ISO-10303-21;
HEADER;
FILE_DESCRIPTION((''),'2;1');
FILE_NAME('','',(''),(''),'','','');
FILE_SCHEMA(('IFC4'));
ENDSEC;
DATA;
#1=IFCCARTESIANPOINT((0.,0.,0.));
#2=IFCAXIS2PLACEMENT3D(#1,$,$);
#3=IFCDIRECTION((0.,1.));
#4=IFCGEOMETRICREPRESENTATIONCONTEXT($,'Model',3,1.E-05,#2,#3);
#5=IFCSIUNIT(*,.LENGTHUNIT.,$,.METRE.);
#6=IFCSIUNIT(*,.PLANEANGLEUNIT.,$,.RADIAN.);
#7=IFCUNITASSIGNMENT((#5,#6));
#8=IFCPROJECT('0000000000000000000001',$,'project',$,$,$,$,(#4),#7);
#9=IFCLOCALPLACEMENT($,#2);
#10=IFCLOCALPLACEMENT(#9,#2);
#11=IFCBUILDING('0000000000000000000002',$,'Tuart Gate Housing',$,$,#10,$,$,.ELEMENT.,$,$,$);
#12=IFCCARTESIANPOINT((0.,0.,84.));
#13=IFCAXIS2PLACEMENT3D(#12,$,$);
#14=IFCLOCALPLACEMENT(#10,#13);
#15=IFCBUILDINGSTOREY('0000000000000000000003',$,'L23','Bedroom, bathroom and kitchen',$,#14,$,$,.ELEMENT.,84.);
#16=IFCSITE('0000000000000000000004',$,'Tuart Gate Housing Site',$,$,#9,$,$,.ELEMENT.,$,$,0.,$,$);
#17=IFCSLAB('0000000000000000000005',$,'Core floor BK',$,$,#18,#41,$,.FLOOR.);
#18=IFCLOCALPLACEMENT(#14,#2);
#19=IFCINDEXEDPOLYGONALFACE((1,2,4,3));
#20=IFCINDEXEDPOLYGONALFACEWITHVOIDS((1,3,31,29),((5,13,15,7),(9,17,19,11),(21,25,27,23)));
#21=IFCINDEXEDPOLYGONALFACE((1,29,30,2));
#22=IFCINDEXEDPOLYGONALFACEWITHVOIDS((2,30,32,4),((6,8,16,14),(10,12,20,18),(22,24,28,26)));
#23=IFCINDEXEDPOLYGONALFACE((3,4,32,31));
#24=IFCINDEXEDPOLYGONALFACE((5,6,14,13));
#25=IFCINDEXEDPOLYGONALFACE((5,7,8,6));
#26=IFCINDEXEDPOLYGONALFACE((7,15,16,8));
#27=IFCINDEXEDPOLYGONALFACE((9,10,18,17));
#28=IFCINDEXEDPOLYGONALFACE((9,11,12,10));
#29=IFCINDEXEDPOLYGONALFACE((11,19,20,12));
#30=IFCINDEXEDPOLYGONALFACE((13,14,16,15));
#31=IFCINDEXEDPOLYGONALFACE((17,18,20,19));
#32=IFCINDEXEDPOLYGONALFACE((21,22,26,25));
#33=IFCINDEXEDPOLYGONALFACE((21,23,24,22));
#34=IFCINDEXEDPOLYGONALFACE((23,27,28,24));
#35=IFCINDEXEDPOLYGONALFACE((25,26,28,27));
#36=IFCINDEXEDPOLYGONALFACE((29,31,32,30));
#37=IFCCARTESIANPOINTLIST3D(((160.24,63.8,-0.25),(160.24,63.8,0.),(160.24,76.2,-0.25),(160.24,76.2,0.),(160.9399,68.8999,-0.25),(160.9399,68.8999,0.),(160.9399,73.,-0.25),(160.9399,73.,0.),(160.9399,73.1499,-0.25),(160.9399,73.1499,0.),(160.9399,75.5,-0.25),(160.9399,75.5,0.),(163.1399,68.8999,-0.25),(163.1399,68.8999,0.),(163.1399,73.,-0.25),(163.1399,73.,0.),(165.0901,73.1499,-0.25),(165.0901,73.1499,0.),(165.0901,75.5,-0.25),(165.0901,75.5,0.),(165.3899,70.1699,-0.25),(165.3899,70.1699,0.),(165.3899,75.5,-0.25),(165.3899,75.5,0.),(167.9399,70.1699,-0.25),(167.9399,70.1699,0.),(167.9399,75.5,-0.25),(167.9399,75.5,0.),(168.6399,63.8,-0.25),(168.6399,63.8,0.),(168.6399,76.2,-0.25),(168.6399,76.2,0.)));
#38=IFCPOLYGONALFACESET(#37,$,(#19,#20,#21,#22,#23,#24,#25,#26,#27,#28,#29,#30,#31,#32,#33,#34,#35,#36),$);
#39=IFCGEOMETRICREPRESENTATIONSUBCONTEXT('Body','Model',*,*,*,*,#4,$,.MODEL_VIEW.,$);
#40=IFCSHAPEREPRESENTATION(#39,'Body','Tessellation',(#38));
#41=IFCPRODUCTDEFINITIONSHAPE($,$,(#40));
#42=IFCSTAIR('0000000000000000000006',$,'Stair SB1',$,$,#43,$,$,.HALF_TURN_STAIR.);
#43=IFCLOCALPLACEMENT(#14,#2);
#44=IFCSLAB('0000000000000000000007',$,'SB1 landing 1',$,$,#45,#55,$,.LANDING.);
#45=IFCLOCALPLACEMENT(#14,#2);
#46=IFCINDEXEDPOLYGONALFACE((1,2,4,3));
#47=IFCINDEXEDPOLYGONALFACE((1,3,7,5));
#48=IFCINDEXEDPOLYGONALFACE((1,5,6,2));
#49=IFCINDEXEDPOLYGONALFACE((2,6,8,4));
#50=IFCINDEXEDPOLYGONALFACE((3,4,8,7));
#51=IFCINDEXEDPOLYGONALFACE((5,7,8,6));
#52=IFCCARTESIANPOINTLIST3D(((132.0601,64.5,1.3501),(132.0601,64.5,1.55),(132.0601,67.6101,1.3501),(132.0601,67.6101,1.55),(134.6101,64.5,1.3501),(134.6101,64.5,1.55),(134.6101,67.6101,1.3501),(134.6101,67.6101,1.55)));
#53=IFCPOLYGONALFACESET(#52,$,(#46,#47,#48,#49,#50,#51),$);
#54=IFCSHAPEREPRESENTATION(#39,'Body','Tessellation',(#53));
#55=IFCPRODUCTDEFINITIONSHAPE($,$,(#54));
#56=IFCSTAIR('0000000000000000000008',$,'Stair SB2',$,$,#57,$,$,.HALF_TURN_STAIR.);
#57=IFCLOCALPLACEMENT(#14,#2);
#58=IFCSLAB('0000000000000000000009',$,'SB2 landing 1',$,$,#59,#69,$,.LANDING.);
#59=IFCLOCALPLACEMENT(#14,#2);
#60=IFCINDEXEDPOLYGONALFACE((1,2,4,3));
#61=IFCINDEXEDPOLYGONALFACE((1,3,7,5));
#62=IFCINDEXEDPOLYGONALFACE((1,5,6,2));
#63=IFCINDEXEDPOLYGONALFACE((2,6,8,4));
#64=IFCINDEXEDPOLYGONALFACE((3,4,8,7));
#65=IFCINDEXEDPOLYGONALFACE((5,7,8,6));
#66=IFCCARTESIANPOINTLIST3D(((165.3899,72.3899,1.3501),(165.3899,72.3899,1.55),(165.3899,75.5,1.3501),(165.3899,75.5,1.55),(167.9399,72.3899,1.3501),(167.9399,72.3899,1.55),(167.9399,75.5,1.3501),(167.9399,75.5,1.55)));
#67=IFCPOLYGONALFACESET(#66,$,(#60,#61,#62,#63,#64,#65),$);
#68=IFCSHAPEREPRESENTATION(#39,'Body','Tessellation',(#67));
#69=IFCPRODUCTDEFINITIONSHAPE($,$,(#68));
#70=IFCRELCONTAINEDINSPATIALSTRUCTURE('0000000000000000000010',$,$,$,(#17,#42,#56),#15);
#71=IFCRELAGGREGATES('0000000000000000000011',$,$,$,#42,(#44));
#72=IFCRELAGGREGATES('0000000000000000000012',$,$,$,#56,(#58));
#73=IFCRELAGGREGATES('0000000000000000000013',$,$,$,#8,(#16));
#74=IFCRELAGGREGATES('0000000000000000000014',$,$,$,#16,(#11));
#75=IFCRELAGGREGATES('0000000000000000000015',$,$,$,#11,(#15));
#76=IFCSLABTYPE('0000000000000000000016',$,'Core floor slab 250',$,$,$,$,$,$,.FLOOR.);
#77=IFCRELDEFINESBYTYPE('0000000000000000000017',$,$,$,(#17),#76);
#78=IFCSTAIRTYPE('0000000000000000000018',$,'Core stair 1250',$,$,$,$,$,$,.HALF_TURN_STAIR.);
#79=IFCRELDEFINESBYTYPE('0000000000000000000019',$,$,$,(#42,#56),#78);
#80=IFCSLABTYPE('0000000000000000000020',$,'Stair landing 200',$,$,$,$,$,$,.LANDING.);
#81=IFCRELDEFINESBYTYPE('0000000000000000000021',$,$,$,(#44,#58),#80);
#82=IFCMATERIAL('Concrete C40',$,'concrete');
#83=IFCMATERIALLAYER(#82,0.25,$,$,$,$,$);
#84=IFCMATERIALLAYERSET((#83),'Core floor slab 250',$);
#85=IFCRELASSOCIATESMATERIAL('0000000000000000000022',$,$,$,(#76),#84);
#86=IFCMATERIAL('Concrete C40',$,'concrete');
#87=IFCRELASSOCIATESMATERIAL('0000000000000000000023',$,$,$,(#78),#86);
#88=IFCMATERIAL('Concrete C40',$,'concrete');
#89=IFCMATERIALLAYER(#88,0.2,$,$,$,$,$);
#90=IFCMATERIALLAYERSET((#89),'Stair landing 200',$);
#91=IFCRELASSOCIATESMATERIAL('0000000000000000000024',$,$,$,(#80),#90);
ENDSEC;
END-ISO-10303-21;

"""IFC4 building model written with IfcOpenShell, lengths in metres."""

from ifc_helpers import new_model, si_unit, direction, frame, origin, place, context, subcontext, project, spatial, polyline, outline, extrude, material, layer, layer_set, type_object, element, aggregate, save


model = new_model("IFC4")

# Units and contexts
model_context = context("Model", 3, precision=1e-05, world=origin(), true_north=direction((0.0, 1.0)))
body_context = subcontext(model_context, "Body", "Model", "MODEL_VIEW")
ifc_project = project(units=[si_unit("LENGTHUNIT", "METRE"), si_unit("PLANEANGLEUNIT", "RADIAN")], contexts=[model_context])

# Site, building, storey
site_placement = place(None, origin())
site = spatial("IfcSite", under=ifc_project, at=site_placement, Name="Tuart Gate Housing Site", CompositionType="ELEMENT", RefElevation=0.0)
building_placement = place(site_placement, origin())
building = spatial("IfcBuilding", under=site, at=building_placement, Name="Tuart Gate Housing", CompositionType="ELEMENT")
storey_placement = place(building_placement, frame((0.0, 0.0, 84.0)))
storey = spatial("IfcBuildingStorey", under=building, at=storey_placement, Name="L23", Description="Bedroom, bathroom and kitchen", CompositionType="ELEMENT", Elevation=84.0)

# Slab
ifc_material_1 = material(Name="Concrete C40", Category="concrete")
ifc_layer_1 = layer(ifc_material_1, 0.25)
ifc_layer_set_1 = layer_set([ifc_layer_1], Name="Core floor slab 250")
slab_type_1 = type_object("IfcSlabType", Name="Core floor slab 250", PredefinedType="FLOOR", material=ifc_layer_set_1)
slab_1_placement = place(storey_placement, frame((0.0, 0.0, -0.25)))
element("IfcSlab", 1, at=slab_1_placement, inside=storey, type_object=slab_type_1, Name="Core floor BK", PredefinedType="FLOOR", context=body_context, shape_type="SweptSolid", body=[
    extrude(outline(polyline([(160.24, 63.8), (168.6399, 63.8), (168.6399, 76.2), (160.24, 76.2), (160.24, 63.8)]), holes=[polyline([(160.9399, 73.1499), (165.0901, 73.1499), (165.0901, 75.5), (160.9399, 75.5), (160.9399, 73.1499)]), polyline([(160.9399, 68.8999), (163.1399, 68.8999), (163.1399, 73.0), (160.9399, 73.0), (160.9399, 68.8999)]), polyline([(165.3899, 70.1699), (167.9399, 70.1699), (167.9399, 75.5), (165.3899, 75.5), (165.3899, 70.1699)])]), origin(), (0.0, 0.0, 1.0), 0.25),
])

# Stairs, slabs
ifc_material_2 = material(Name="Concrete C40", Category="concrete")
stair_type = type_object("IfcStairType", Name="Core stair 1250", PredefinedType="HALF_TURN_STAIR", material=ifc_material_2)
stair_1_placement = place(storey_placement, origin())
stair_1 = element("IfcStair", 2, at=stair_1_placement, inside=storey, type_object=stair_type, Name="Stair SB1", PredefinedType="HALF_TURN_STAIR")
ifc_material_3 = material(Name="Concrete C40", Category="concrete")
ifc_layer_2 = layer(ifc_material_3, 0.2)
ifc_layer_set_2 = layer_set([ifc_layer_2], Name="Stair landing 200")
slab_type_2 = type_object("IfcSlabType", Name="Stair landing 200", PredefinedType="LANDING", material=ifc_layer_set_2)
slab_2_placement = place(storey_placement, frame((0.0, 0.0, 1.3501)))
slab_2 = element("IfcSlab", 3, at=slab_2_placement, type_object=slab_type_2, Name="SB1 landing 1", PredefinedType="LANDING", context=body_context, shape_type="SweptSolid", body=[
    extrude(outline(polyline([(134.6101, 67.6101), (132.0601, 67.6101), (132.0601, 64.5), (134.6101, 64.5), (134.6101, 67.6101)])), origin(), (0.0, 0.0, 1.0), 0.2),
])
aggregate(stair_1, [slab_2])
stair_2_placement = place(storey_placement, origin())
stair_2 = element("IfcStair", 4, at=stair_2_placement, inside=storey, type_object=stair_type, Name="Stair SB2", PredefinedType="HALF_TURN_STAIR")
slab_3_placement = place(storey_placement, frame((0.0, 0.0, 1.3501)))
slab_3 = element("IfcSlab", 5, at=slab_3_placement, type_object=slab_type_2, Name="SB2 landing 1", PredefinedType="LANDING", context=body_context, shape_type="SweptSolid", body=[
    extrude(outline(polyline([(165.3899, 72.3899), (167.9399, 72.3899), (167.9399, 75.5), (165.3899, 75.5), (165.3899, 72.3899)])), origin(), (0.0, 0.0, 1.0), 0.2),
])
aggregate(stair_2, [slab_3])

save(model, "model.ifc")
